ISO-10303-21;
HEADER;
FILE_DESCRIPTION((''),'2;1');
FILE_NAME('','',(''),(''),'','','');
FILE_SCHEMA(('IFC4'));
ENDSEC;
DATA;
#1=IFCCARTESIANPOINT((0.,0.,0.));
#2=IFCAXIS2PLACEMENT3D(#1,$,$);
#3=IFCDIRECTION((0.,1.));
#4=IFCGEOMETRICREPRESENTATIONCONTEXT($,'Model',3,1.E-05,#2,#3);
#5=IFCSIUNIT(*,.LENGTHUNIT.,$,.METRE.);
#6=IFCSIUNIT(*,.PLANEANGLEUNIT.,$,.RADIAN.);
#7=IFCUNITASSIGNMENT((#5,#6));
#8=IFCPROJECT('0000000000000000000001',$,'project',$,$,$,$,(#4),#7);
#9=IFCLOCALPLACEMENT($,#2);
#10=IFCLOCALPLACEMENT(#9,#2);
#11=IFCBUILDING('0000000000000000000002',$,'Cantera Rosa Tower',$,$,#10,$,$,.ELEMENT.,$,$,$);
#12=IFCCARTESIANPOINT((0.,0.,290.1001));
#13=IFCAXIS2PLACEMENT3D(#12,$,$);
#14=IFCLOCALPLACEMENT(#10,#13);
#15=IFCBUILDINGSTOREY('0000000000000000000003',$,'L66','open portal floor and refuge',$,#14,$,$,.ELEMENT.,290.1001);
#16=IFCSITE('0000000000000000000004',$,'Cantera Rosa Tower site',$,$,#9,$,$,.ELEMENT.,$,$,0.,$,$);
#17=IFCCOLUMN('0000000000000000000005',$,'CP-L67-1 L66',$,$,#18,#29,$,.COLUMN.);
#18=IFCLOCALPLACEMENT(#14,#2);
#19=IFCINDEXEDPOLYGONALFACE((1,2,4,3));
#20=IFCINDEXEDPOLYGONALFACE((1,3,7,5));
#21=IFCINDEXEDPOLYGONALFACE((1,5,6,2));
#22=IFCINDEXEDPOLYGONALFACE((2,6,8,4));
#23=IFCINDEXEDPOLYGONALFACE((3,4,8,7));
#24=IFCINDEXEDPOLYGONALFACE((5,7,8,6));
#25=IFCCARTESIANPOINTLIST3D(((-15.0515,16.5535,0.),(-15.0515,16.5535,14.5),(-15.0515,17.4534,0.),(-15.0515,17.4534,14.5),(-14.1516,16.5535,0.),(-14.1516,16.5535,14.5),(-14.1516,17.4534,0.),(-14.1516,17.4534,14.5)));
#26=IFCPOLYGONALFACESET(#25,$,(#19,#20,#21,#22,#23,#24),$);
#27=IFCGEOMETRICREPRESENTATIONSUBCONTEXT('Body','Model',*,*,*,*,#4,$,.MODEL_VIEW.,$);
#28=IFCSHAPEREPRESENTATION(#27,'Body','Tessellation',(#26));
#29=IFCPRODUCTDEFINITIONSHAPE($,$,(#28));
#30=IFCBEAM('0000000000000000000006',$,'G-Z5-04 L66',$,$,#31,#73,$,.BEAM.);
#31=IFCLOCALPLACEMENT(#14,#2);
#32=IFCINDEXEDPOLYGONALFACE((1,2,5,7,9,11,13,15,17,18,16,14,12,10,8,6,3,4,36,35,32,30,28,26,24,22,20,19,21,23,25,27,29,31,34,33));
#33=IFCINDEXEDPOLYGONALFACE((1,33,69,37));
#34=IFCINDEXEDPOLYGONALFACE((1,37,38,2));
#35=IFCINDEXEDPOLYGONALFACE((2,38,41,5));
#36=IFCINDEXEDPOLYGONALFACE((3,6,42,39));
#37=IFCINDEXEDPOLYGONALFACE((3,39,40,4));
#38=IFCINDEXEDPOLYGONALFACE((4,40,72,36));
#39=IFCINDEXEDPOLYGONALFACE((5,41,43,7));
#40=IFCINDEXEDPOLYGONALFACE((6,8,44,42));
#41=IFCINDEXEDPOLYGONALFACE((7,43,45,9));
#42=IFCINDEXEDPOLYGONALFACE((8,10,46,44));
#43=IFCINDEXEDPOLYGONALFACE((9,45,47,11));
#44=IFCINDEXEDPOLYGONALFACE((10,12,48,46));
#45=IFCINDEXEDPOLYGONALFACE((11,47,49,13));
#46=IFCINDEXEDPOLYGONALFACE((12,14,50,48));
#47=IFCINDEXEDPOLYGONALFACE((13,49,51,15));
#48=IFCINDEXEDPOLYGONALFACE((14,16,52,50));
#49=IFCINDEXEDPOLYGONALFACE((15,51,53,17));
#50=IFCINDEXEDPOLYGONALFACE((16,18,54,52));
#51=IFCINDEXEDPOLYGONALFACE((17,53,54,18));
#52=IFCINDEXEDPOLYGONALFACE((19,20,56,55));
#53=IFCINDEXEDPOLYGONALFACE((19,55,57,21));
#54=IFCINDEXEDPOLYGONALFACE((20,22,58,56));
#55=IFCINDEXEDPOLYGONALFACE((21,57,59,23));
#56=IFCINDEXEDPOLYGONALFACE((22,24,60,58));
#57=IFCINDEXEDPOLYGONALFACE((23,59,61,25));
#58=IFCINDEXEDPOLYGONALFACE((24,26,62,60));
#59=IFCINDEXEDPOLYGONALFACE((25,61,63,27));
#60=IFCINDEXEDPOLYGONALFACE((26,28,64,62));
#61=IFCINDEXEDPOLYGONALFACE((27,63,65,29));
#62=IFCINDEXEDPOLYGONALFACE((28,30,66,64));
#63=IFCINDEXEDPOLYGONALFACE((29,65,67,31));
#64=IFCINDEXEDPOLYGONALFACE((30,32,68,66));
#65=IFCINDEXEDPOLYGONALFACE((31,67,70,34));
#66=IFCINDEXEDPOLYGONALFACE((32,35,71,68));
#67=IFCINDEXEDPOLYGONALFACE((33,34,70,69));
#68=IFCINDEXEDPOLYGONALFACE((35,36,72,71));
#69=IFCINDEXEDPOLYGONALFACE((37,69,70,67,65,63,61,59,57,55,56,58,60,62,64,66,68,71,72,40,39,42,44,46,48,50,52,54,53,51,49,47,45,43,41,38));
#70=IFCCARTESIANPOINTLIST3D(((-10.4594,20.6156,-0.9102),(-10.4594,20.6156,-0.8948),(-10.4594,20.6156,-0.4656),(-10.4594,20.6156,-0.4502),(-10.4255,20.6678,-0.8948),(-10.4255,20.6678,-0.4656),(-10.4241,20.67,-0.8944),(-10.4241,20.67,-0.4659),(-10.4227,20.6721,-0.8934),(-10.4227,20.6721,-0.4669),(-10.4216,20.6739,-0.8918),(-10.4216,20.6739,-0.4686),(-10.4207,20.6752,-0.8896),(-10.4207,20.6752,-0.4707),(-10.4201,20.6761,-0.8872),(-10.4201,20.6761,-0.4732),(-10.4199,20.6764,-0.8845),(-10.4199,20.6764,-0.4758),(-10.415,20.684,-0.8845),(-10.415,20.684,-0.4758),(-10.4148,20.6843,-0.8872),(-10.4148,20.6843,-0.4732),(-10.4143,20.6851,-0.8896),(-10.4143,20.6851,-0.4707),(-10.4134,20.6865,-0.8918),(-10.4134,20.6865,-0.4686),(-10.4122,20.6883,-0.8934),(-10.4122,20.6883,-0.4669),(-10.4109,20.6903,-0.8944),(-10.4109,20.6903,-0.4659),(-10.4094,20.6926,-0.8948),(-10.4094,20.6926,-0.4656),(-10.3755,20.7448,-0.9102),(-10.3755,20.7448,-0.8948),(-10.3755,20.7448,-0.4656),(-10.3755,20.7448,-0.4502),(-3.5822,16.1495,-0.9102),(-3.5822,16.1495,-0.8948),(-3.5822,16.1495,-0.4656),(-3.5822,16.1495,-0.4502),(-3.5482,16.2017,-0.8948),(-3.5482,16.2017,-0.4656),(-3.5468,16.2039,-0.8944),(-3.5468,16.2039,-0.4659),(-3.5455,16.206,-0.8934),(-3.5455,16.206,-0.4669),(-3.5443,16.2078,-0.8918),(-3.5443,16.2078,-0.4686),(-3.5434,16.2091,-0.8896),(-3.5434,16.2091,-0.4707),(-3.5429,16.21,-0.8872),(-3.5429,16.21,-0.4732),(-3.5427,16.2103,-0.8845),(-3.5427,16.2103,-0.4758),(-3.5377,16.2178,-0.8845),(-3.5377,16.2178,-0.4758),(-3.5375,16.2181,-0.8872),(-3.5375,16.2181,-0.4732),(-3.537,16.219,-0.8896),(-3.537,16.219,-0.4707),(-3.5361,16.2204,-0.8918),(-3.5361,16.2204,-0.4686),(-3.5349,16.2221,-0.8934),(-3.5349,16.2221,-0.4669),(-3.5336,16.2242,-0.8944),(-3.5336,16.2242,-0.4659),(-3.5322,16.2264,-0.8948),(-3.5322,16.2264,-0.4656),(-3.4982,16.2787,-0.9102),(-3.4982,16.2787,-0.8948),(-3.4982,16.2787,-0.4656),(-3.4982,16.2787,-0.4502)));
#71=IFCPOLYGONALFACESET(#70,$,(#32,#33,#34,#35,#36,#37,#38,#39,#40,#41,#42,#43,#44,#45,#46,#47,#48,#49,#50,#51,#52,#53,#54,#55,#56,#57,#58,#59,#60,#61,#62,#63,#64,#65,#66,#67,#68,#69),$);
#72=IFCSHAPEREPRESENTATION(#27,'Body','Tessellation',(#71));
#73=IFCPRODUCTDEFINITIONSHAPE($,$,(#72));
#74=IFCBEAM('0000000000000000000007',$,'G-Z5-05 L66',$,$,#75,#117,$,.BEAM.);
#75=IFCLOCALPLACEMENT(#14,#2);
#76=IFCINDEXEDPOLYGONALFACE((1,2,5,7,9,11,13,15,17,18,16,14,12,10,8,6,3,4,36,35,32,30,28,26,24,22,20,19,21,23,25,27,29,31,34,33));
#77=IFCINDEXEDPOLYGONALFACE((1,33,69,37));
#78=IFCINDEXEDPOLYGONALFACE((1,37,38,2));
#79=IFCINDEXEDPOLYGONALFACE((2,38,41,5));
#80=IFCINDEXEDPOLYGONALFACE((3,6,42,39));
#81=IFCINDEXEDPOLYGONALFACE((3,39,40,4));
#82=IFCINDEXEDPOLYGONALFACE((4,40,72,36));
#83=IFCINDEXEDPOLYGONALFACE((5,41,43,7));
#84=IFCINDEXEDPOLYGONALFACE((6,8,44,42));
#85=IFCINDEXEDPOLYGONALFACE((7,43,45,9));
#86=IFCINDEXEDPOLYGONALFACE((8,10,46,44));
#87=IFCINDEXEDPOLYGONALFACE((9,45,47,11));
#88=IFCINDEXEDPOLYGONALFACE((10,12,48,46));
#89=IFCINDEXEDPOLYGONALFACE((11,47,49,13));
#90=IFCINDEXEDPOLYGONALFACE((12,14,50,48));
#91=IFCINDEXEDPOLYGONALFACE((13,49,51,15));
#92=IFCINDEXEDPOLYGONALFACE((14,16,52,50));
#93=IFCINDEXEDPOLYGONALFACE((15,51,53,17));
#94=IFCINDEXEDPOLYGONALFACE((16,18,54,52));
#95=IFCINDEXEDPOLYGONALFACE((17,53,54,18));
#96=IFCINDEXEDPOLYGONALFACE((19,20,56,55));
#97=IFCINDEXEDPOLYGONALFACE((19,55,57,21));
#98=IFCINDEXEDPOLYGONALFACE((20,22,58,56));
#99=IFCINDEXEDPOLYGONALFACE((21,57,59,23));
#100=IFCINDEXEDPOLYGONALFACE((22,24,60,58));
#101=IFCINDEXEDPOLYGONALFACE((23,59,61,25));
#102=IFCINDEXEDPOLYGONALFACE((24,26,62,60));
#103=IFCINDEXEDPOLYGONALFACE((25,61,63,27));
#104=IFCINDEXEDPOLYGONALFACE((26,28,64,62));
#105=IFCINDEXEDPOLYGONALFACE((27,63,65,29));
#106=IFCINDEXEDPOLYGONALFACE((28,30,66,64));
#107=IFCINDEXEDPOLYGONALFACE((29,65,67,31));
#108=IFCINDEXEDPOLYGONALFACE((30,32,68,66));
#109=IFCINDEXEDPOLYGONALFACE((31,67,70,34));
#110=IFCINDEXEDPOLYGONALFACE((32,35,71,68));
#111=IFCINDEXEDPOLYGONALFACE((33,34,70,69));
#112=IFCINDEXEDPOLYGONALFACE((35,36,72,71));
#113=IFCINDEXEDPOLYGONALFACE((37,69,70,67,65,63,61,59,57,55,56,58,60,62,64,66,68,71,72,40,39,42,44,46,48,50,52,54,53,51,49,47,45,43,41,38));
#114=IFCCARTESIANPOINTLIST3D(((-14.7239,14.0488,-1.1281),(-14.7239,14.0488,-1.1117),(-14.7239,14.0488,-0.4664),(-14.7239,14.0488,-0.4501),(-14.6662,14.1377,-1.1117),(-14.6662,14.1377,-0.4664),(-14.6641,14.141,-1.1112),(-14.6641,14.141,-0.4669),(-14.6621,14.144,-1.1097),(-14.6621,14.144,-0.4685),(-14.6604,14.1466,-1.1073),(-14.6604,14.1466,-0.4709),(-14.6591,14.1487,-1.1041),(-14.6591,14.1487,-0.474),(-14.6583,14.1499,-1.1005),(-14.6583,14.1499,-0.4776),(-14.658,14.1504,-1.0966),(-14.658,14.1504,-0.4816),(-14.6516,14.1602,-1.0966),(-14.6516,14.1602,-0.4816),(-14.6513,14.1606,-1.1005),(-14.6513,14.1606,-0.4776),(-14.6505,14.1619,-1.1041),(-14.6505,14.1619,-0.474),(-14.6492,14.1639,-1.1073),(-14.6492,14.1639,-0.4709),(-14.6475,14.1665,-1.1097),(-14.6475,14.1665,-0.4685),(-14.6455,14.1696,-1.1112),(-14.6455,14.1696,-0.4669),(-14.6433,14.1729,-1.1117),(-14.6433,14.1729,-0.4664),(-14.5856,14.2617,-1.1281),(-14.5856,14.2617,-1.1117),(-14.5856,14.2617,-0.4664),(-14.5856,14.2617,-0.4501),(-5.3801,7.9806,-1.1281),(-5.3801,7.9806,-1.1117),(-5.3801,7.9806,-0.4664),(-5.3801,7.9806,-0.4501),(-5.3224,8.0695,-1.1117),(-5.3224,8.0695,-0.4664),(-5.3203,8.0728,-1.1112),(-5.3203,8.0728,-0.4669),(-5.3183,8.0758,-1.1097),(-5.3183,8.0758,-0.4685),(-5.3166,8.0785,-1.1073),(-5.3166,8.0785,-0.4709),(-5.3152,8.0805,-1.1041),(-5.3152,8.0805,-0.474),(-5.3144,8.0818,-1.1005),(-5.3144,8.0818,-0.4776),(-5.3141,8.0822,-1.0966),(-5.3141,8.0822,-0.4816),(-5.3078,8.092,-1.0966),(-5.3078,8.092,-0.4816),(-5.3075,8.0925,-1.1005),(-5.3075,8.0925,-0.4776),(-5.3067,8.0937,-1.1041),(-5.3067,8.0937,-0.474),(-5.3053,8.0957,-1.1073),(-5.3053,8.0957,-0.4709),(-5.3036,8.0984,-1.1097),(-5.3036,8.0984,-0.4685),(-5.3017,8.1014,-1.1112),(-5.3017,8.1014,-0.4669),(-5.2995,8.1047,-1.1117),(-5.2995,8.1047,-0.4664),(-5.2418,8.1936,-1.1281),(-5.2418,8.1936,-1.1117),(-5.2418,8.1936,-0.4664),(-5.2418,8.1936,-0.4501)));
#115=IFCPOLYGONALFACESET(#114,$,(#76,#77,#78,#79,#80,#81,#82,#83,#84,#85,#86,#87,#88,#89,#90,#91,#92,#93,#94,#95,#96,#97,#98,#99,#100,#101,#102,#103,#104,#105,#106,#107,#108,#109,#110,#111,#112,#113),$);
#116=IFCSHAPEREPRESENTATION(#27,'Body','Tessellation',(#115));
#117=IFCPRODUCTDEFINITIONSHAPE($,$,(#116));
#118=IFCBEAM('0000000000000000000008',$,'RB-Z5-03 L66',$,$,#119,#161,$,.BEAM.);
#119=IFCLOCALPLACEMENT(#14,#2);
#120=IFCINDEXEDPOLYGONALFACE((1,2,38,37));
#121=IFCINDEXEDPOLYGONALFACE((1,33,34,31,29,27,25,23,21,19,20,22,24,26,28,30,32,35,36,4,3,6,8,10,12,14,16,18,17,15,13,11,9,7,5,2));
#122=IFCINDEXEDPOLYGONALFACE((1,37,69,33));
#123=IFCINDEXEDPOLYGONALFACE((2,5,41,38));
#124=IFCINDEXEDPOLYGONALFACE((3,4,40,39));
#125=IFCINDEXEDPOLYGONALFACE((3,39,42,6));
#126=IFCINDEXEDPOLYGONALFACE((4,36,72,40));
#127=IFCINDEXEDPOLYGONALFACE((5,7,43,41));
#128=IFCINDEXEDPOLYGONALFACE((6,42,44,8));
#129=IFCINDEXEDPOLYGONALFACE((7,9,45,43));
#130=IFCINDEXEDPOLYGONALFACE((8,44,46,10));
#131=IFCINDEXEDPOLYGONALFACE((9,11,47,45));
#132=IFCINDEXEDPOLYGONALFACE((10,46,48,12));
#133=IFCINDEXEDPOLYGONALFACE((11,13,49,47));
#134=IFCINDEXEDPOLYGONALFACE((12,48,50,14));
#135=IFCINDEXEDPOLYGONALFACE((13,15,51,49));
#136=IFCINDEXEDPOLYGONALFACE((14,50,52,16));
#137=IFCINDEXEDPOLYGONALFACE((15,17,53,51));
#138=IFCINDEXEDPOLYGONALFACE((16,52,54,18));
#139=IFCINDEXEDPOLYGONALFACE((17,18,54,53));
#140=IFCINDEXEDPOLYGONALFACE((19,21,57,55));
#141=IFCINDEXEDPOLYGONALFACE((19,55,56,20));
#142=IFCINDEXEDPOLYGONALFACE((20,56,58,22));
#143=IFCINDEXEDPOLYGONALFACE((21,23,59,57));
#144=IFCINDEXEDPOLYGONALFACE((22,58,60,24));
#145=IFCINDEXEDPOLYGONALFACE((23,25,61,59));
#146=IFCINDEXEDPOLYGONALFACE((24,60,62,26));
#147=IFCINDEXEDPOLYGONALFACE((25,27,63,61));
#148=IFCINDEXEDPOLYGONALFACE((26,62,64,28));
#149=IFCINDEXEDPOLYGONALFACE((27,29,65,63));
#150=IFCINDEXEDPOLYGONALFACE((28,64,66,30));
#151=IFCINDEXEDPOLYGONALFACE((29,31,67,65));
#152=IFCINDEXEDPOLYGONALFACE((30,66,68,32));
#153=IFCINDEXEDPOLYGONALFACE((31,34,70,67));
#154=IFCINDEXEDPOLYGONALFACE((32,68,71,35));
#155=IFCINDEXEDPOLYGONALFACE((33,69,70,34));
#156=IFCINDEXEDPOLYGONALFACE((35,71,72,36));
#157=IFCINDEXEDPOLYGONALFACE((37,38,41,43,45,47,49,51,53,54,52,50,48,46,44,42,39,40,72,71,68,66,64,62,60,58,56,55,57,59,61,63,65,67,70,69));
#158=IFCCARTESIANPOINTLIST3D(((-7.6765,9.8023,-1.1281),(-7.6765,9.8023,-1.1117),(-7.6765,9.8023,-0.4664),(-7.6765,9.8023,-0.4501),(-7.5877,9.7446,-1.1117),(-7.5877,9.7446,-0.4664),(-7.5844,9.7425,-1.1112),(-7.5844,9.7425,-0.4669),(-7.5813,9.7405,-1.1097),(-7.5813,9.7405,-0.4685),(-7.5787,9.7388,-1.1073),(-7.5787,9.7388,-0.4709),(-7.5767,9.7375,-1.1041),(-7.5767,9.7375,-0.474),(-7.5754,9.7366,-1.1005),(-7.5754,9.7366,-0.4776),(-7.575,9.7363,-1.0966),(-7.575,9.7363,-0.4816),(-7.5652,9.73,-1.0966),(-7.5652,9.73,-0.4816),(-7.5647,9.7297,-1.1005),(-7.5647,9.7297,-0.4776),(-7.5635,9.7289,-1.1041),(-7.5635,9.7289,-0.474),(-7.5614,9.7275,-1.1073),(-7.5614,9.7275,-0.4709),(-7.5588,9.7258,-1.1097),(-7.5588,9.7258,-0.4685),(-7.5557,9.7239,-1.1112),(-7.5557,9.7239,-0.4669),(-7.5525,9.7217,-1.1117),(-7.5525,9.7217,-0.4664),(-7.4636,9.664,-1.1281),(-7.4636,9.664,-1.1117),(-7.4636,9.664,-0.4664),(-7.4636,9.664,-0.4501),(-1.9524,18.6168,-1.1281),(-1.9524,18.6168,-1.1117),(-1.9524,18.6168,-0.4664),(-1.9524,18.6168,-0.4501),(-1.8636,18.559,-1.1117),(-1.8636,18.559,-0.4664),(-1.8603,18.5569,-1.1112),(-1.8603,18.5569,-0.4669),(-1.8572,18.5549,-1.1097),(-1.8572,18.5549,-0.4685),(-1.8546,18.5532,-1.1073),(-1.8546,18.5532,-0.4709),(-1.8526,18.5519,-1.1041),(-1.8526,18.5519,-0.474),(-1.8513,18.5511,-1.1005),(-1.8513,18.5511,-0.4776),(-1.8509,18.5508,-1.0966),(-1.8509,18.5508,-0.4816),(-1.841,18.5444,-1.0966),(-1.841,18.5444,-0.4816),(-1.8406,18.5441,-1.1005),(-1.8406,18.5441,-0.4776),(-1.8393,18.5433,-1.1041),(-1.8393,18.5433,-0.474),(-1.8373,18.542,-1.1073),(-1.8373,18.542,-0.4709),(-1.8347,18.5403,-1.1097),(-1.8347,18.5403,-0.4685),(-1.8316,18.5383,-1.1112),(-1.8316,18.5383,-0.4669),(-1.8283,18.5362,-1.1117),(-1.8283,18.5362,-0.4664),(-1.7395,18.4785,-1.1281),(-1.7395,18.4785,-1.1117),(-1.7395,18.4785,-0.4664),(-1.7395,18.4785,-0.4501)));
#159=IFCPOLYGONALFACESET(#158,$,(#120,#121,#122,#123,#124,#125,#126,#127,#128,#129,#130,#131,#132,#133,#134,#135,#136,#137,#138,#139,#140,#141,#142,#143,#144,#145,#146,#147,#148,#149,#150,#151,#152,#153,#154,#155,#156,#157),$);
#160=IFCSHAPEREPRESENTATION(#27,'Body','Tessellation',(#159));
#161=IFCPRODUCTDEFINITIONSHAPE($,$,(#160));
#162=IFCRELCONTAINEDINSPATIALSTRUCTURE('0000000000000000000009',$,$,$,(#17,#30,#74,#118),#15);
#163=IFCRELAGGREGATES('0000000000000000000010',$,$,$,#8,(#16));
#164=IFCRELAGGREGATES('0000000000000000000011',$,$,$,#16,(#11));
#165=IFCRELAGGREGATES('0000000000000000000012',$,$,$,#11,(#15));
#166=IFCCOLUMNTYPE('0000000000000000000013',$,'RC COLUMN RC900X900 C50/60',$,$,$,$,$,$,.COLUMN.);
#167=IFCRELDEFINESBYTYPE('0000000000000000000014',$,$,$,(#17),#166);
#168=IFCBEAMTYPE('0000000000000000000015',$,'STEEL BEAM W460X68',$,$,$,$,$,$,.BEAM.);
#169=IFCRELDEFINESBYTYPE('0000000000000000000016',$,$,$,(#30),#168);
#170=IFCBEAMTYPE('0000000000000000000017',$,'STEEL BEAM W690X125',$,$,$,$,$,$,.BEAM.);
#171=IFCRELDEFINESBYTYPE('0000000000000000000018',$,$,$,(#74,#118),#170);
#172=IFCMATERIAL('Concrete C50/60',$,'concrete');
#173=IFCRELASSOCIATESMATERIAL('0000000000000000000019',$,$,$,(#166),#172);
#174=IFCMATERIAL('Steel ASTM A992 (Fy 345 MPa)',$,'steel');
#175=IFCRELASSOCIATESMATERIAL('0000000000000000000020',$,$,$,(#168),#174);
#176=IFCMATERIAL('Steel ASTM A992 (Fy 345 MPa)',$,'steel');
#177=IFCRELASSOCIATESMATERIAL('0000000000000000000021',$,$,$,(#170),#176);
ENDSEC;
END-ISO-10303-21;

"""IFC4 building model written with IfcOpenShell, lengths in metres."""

from ifc_helpers import new_model, si_unit, direction, frame, origin, origin_2d, place, context, subcontext, project, spatial, rectangle, i_section, extrude, material, material_profile, profile_set, type_object, element, save


model = new_model("IFC4")

# Units and contexts
model_context = context("Model", 3, precision=1e-05, world=origin(), true_north=direction((0.0, 1.0)))
body_context = subcontext(model_context, "Body", "Model", "MODEL_VIEW")
ifc_project = project(units=[si_unit("LENGTHUNIT", "METRE"), si_unit("PLANEANGLEUNIT", "RADIAN")], contexts=[model_context])

# Site, building, storey
site_placement = place(None, origin())
site = spatial("IfcSite", under=ifc_project, at=site_placement, Name="Cantera Rosa Tower site", CompositionType="ELEMENT", RefElevation=0.0)
building_placement = place(site_placement, origin())
building = spatial("IfcBuilding", under=site, at=building_placement, Name="Cantera Rosa Tower", CompositionType="ELEMENT")
storey_placement = place(building_placement, frame((0.0, 0.0, 290.1001)))
storey = spatial("IfcBuildingStorey", under=building, at=storey_placement, Name="L66", Description="open portal floor and refuge", CompositionType="ELEMENT", Elevation=290.1001)

# Column
ifc_material_1 = material(Name="Concrete C50/60", Category="concrete")
ifc_material_profile_1 = material_profile(ifc_material_1, rectangle(XDim=0.8999, YDim=0.8999, at=origin_2d()), Name="RC COLUMN RC900X900 C50/60")
ifc_profile_set_1 = profile_set([ifc_material_profile_1], Name="Concrete C50/60")
column_type = type_object("IfcColumnType", Name="RC COLUMN RC900X900 C50/60", PredefinedType="COLUMN", material=ifc_profile_set_1)
column_placement = place(storey_placement, frame((-14.6016, 17.0034, 0.0), z_axis=(0.0, 0.0, 1.0), x_axis=(1.0, 0.0, 0.0)))
element("IfcColumn", 1, at=column_placement, inside=storey, type_object=column_type, Name="CP-L67-1 L66", PredefinedType="COLUMN", context=body_context, shape_type="SweptSolid", body=[
    extrude(rectangle(XDim=0.8999, YDim=0.8999, at=origin_2d()), origin(), (0.0, 0.0, 1.0), 14.5),
])

# Beams
ifc_material_2 = material(Name="Steel ASTM A992 (Fy 345 MPa)", Category="steel")
ifc_material_profile_2 = material_profile(ifc_material_2, i_section(OverallWidth=0.1541, OverallDepth=0.46, WebThickness=0.009, FlangeThickness=0.0154, FilletRadius=0.0103, at=origin_2d()), Name="W460X68")
ifc_profile_set_2 = profile_set([ifc_material_profile_2], Name="Steel ASTM A992 (Fy 345 MPa)")
beam_type_1 = type_object("IfcBeamType", Name="STEEL BEAM W460X68", PredefinedType="BEAM", material=ifc_profile_set_2)
beam_1_placement = place(storey_placement, frame((-10.4175, 20.6802, -0.6802), z_axis=(0.838673, -0.544636, 0.0), x_axis=(0.544636, 0.838673, 0.0)))
element("IfcBeam", 2, at=beam_1_placement, inside=storey, type_object=beam_type_1, Name="G-Z5-04 L66", PredefinedType="BEAM", context=body_context, shape_type="SweptSolid", body=[
    extrude(i_section(OverallWidth=0.1541, OverallDepth=0.46, WebThickness=0.009, FlangeThickness=0.0154, FilletRadius=0.0103, at=origin_2d()), origin(), (0.0, 0.0, 1.0), 8.2002),
])
ifc_material_3 = material(Name="Steel ASTM A992 (Fy 345 MPa)", Category="steel")
ifc_material_profile_3 = material_profile(ifc_material_3, i_section(OverallWidth=0.2539, OverallDepth=0.678, WebThickness=0.0117, FlangeThickness=0.0164, FilletRadius=0.0151, at=origin_2d()), Name="W690X125")
ifc_profile_set_3 = profile_set([ifc_material_profile_3], Name="Steel ASTM A992 (Fy 345 MPa)")
beam_type_2 = type_object("IfcBeamType", Name="STEEL BEAM W690X125", PredefinedType="BEAM", material=ifc_profile_set_3)
beam_2_placement = place(storey_placement, frame((-14.6548, 14.1553, -0.7891), z_axis=(0.838662, -0.544652, 0.0), x_axis=(0.544652, 0.838662, 0.0)))
element("IfcBeam", 3, at=beam_2_placement, inside=storey, type_object=beam_type_2, Name="G-Z5-05 L66", PredefinedType="BEAM", context=body_context, shape_type="SweptSolid", body=[
    extrude(i_section(OverallWidth=0.2539, OverallDepth=0.678, WebThickness=0.0117, FlangeThickness=0.0164, FilletRadius=0.0151, at=origin_2d()), origin(), (0.0, 0.0, 1.0), 11.1414),
])
beam_3_placement = place(storey_placement, frame((-7.5701, 9.7332, -0.7891), z_axis=(0.544636, 0.838673, 0.0), x_axis=(-0.838673, 0.544636, 0.0)))
element("IfcBeam", 4, at=beam_3_placement, inside=storey, type_object=beam_type_2, Name="RB-Z5-03 L66", PredefinedType="BEAM", context=body_context, shape_type="SweptSolid", body=[
    extrude(i_section(OverallWidth=0.2539, OverallDepth=0.678, WebThickness=0.0117, FlangeThickness=0.0164, FilletRadius=0.0151, at=origin_2d()), origin(), (0.0, 0.0, 1.0), 10.51),
])

save(model, "model.ifc")
